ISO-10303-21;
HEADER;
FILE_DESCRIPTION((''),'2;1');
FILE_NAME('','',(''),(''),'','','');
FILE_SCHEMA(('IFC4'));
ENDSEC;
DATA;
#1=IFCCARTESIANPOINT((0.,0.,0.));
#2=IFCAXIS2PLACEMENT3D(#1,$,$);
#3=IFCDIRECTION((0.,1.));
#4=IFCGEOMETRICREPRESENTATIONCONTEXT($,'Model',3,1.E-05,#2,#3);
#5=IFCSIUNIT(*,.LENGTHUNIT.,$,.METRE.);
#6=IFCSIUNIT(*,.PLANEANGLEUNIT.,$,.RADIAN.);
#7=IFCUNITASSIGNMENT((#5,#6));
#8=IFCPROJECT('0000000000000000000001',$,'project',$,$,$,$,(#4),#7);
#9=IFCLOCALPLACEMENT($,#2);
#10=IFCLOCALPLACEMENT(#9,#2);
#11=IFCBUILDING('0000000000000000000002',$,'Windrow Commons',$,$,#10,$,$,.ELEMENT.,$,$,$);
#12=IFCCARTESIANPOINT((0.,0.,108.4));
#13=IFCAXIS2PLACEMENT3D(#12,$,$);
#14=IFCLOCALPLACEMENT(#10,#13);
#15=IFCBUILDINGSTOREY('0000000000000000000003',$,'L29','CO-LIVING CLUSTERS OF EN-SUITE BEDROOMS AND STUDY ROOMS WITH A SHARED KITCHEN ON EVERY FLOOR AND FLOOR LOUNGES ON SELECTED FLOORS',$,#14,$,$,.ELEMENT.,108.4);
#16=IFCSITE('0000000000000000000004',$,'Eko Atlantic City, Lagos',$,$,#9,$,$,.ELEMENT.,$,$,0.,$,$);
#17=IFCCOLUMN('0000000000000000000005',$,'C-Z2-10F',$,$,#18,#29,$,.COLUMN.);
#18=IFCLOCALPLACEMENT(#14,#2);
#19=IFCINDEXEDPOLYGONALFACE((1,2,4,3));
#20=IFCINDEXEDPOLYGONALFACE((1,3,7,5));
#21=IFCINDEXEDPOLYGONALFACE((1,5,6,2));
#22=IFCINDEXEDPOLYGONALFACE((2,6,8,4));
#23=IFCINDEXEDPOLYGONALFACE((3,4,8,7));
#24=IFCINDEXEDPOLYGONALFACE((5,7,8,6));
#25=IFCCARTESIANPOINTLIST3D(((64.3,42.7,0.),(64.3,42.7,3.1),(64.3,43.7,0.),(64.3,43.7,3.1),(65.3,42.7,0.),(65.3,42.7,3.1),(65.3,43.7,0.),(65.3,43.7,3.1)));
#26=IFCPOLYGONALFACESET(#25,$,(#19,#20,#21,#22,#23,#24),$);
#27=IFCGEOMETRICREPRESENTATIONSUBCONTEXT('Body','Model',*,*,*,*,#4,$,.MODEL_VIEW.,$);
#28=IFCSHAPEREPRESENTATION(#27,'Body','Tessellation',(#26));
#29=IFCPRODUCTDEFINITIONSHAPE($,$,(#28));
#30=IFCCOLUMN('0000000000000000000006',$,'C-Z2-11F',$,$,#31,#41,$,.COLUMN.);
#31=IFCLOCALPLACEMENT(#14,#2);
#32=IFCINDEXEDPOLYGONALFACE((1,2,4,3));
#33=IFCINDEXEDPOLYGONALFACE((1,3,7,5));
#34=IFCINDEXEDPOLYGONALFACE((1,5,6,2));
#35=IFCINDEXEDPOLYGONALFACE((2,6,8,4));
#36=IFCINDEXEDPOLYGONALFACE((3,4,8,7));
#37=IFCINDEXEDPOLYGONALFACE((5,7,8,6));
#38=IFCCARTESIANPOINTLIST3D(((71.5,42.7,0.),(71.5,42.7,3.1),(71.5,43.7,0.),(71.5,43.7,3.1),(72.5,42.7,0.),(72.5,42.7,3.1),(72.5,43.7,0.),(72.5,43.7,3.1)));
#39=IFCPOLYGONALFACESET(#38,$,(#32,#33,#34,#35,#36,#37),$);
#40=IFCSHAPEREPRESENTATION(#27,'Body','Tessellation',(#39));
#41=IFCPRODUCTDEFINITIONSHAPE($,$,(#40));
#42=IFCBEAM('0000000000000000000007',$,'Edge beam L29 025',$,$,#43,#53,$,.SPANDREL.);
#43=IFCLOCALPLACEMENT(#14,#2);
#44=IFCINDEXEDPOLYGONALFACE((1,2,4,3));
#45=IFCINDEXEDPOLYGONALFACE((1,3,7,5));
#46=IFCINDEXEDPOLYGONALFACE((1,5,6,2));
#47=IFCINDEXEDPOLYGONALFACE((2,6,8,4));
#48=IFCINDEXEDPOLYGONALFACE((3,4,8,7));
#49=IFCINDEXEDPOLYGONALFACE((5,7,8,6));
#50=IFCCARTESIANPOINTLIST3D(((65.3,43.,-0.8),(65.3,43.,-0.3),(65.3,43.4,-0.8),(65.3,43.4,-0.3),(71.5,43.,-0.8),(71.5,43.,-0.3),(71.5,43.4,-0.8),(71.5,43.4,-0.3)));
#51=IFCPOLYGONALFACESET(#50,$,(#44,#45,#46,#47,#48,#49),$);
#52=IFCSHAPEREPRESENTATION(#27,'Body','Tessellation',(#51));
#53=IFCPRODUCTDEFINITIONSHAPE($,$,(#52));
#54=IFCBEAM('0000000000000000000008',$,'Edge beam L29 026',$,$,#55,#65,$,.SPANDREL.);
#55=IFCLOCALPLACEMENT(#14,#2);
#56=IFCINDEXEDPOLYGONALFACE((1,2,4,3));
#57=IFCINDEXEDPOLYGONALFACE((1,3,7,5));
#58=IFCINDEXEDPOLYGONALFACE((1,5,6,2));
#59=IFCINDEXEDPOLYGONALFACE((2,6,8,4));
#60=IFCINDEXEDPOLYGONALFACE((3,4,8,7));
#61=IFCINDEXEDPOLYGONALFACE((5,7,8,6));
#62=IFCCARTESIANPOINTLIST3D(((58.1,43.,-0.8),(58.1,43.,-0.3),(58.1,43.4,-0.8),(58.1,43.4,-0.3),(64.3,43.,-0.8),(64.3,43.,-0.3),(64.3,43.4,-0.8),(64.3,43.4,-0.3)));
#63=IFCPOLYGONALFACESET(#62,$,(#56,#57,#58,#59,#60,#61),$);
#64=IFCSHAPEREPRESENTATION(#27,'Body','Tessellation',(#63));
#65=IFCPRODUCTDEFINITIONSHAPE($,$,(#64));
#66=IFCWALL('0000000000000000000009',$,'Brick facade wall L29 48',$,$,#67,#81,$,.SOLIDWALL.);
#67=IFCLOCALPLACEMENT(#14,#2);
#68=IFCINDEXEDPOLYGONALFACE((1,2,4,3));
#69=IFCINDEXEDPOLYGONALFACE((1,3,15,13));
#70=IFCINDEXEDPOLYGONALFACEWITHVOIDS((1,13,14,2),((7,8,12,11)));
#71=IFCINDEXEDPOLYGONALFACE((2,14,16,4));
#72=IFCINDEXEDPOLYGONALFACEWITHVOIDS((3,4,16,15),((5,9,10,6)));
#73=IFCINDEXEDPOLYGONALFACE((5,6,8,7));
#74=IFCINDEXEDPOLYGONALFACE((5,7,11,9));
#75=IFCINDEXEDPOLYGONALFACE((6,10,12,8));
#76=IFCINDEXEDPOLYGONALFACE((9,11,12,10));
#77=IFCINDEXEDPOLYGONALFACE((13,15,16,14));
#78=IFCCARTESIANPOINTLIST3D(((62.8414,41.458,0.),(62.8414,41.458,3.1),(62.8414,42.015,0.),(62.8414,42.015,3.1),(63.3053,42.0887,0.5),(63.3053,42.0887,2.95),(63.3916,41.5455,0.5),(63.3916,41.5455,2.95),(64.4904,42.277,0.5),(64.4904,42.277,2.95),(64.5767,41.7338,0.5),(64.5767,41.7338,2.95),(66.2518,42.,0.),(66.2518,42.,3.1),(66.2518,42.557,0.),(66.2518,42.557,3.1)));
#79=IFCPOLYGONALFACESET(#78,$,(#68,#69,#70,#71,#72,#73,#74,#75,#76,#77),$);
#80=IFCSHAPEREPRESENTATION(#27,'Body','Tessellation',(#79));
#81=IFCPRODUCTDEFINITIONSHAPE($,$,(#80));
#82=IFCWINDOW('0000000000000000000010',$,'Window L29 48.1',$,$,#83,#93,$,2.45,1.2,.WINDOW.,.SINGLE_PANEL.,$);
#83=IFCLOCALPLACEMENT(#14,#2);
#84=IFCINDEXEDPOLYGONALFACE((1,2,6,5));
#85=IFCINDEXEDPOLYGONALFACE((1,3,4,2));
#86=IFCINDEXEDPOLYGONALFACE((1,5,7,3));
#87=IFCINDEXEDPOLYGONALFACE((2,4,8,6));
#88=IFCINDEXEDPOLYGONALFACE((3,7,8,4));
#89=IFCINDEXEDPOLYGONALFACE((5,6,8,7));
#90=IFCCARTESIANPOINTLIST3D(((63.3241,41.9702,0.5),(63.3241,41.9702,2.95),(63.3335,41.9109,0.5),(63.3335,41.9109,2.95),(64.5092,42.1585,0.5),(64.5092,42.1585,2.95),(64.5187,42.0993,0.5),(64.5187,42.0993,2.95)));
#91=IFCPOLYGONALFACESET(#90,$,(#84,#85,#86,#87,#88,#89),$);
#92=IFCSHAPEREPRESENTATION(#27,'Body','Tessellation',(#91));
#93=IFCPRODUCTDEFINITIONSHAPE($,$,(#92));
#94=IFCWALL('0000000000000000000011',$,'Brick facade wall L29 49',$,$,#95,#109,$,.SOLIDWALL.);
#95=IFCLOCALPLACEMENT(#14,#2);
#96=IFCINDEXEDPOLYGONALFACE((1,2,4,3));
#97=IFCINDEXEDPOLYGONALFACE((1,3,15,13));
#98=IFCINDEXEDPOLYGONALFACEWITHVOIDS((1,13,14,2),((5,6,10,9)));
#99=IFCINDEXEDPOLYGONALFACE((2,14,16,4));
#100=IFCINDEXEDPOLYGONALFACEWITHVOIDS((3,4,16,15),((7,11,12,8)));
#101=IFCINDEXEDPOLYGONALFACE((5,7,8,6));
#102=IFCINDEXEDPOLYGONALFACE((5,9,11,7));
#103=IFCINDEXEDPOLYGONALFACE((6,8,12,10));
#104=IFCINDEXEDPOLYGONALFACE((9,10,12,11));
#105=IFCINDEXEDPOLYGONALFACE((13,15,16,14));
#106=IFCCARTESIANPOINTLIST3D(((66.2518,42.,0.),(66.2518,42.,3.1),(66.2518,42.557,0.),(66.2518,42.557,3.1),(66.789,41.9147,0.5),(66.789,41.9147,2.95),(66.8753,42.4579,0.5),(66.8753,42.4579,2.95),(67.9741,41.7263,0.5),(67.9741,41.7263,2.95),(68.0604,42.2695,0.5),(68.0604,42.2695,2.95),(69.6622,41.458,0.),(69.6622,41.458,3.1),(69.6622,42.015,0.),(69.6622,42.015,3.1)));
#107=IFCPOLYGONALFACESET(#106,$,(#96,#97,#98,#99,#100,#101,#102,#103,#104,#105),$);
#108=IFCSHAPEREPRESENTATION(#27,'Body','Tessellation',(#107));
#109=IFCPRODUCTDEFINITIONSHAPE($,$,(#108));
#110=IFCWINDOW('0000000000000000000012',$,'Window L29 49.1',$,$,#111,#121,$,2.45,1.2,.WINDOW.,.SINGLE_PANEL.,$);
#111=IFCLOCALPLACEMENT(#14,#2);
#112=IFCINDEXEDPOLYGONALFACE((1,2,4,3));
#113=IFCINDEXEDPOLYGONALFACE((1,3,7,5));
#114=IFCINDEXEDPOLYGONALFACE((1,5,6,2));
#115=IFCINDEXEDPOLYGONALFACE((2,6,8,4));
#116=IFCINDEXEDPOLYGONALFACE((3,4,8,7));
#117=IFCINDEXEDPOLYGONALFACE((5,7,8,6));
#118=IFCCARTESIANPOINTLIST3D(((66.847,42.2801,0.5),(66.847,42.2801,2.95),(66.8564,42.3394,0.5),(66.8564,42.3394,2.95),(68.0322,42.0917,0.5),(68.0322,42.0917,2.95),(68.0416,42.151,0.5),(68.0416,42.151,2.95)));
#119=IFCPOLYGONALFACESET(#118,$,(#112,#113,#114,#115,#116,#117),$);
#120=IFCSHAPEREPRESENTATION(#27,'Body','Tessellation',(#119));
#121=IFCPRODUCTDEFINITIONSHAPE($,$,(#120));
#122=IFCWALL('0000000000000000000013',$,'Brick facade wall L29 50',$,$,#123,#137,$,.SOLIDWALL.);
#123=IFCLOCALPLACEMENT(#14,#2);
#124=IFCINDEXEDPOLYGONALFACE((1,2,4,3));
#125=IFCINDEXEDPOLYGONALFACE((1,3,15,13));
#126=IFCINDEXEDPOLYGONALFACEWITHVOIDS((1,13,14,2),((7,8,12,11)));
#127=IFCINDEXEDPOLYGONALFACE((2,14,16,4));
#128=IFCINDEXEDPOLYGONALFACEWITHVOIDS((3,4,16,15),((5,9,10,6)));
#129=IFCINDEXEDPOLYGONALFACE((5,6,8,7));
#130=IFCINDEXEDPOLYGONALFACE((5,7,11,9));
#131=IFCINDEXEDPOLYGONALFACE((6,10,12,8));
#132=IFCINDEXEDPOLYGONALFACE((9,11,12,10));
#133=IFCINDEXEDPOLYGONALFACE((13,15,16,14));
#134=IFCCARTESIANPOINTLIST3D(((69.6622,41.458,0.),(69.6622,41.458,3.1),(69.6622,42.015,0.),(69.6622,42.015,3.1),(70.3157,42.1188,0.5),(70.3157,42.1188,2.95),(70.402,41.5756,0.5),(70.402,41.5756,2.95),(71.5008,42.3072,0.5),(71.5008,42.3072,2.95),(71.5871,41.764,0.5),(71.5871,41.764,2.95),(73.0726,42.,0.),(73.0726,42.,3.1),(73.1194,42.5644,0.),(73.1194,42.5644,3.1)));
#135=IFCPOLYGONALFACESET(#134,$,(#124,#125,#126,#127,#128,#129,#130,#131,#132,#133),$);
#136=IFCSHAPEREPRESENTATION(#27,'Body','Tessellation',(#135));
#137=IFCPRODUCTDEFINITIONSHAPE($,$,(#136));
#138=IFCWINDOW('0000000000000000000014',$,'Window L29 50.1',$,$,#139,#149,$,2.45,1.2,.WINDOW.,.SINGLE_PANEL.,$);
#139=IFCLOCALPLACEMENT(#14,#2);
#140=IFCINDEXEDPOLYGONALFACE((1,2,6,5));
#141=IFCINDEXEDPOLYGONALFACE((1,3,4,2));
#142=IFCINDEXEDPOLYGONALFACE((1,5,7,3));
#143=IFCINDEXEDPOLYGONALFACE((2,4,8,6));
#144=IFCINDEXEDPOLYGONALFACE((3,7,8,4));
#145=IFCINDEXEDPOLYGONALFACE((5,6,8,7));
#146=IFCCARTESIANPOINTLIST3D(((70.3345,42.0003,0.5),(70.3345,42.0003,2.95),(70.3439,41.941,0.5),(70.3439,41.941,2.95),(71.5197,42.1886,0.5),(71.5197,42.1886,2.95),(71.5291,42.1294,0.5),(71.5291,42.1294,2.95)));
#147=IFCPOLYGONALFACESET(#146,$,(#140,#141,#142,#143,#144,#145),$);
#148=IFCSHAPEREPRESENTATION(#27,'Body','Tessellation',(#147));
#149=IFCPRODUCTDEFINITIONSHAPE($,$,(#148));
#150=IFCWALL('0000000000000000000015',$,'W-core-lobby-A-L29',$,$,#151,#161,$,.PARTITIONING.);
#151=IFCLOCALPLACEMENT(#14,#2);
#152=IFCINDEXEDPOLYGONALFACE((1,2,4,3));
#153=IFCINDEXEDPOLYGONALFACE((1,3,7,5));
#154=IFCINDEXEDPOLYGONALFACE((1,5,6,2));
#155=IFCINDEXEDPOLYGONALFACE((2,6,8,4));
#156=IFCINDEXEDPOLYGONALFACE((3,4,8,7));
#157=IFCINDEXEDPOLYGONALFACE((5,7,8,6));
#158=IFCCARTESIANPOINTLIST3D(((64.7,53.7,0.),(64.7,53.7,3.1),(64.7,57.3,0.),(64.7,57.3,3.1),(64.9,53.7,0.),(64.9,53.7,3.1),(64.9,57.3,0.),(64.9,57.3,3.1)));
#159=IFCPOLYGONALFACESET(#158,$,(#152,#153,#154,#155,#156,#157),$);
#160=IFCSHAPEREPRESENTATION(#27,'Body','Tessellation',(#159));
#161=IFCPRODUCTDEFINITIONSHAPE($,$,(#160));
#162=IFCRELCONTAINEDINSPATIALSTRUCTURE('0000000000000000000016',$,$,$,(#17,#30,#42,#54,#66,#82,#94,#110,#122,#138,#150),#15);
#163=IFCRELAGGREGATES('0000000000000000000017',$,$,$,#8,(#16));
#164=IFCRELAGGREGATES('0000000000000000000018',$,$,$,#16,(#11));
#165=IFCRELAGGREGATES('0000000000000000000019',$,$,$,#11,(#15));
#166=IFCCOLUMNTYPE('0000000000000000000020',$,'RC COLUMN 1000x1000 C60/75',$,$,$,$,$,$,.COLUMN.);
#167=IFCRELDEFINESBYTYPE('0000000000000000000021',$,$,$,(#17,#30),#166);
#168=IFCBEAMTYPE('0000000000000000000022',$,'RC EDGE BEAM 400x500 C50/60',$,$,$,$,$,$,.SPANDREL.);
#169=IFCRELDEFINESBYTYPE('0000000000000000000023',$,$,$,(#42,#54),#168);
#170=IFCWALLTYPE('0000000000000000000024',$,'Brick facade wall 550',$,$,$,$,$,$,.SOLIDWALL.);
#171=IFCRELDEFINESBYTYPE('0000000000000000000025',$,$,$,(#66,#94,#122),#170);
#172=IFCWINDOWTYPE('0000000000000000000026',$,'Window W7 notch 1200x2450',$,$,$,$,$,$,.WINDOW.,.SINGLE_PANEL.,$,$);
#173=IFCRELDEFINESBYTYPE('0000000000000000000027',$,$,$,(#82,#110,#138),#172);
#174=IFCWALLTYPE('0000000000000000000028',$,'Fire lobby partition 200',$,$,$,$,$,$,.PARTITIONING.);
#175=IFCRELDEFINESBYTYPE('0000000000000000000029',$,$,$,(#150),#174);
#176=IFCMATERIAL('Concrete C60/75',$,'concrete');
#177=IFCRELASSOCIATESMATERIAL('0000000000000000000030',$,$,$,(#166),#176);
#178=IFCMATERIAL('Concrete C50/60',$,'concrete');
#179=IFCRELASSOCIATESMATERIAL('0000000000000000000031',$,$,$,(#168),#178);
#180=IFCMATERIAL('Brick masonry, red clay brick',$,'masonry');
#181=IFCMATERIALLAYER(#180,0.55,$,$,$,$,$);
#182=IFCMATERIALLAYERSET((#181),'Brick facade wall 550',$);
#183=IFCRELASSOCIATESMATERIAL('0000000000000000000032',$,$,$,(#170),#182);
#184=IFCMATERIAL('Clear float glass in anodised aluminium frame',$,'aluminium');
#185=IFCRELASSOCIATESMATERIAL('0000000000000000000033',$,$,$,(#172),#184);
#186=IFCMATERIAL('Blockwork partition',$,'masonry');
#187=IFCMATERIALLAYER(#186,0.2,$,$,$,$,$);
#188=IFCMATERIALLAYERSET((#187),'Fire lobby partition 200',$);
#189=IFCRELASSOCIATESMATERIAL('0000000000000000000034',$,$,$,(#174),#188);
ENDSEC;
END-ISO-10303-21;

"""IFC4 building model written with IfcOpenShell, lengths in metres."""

from ifc_helpers import new_model, si_unit, direction, frame, frame_2d, origin, origin_2d, place, context, subcontext, project, spatial, polyline, rectangle, outline, extrude, material, layer, layer_set, material_profile, profile_set, type_object, element, fill, save


model = new_model("IFC4")

# Units and contexts
model_context = context("Model", 3, precision=1e-05, world=origin(), true_north=direction((0.0, 1.0)))
body_context = subcontext(model_context, "Body", "Model", "MODEL_VIEW")
ifc_project = project(units=[si_unit("LENGTHUNIT", "METRE"), si_unit("PLANEANGLEUNIT", "RADIAN")], contexts=[model_context])

# Site, building, storey
site_placement = place(None, origin())
site = spatial("IfcSite", under=ifc_project, at=site_placement, Name="Eko Atlantic City, Lagos", CompositionType="ELEMENT", RefElevation=0.0)
building_placement = place(site_placement, origin())
building = spatial("IfcBuilding", under=site, at=building_placement, Name="Windrow Commons", CompositionType="ELEMENT")
storey_placement = place(building_placement, frame((0.0, 0.0, 108.4)))
storey = spatial("IfcBuildingStorey", under=building, at=storey_placement, Name="L29", Description="CO-LIVING CLUSTERS OF EN-SUITE BEDROOMS AND STUDY ROOMS WITH A SHARED KITCHEN ON EVERY FLOOR AND FLOOR LOUNGES ON SELECTED FLOORS", CompositionType="ELEMENT", Elevation=108.4)

# Columns
ifc_material_1 = material(Name="Concrete C60/75", Category="concrete")
ifc_material_profile_1 = material_profile(ifc_material_1, rectangle(XDim=1.0, YDim=1.0, at=origin_2d()))
ifc_profile_set_1 = profile_set([ifc_material_profile_1], Name="Concrete C60/75")
column_type = type_object("IfcColumnType", Name="RC COLUMN 1000x1000 C60/75", PredefinedType="COLUMN", material=ifc_profile_set_1)
for number, where, z_axis, x_axis, name in (
    (1, (64.8, 43.2, 0.0), (0.0, 0.0, 1.0), (1.0, 0.0, 0.0), "C-Z2-10F"),
    (2, (72.0, 43.2, 0.0), (0.0, 0.0, 1.0), (1.0, 0.0, 0.0), "C-Z2-11F"),
):
    element("IfcColumn", number, at=place(storey_placement, frame(where, z_axis=z_axis, x_axis=x_axis)), inside=storey, type_object=column_type, Name=name, PredefinedType="COLUMN", context=body_context, shape_type="SweptSolid", body=[
        extrude(rectangle(XDim=1.0, YDim=1.0, at=origin_2d()), origin(), (0.0, 0.0, 1.0), 3.1),
    ])

# Beams
ifc_material_2 = material(Name="Concrete C50/60", Category="concrete")
ifc_material_profile_2 = material_profile(ifc_material_2, rectangle(XDim=0.4, YDim=0.5, at=origin_2d()))
ifc_profile_set_2 = profile_set([ifc_material_profile_2], Name="Concrete C50/60")
beam_type = type_object("IfcBeamType", Name="RC EDGE BEAM 400x500 C50/60", PredefinedType="SPANDREL", material=ifc_profile_set_2)
for number, where, z_axis, x_axis, name in (
    (3, (71.5, 43.2, -0.55), (-1.0, 0.0, 0.0), (0.0, -1.0, 0.0), "Edge beam L29 025"),
    (4, (64.3, 43.2, -0.55), (-1.0, 0.0, 0.0), (0.0, -1.0, 0.0), "Edge beam L29 026"),
):
    element("IfcBeam", number, at=place(storey_placement, frame(where, z_axis=z_axis, x_axis=x_axis)), inside=storey, type_object=beam_type, Name=name, PredefinedType="SPANDREL", context=body_context, shape_type="SweptSolid", body=[
        extrude(rectangle(XDim=0.4, YDim=0.5, at=origin_2d()), origin(), (0.0, 0.0, 1.0), 6.2),
    ])

# Walls, openings, windows
ifc_material_3 = material(Name="Brick masonry, red clay brick", Category="masonry")
ifc_layer_1 = layer(ifc_material_3, 0.55)
ifc_layer_set_1 = layer_set([ifc_layer_1], Name="Brick facade wall 550")
wall_type_1 = type_object("IfcWallType", Name="Brick facade wall 550", PredefinedType="SOLIDWALL", material=ifc_layer_set_1)
wall_1_placement = place(storey_placement, frame((62.8414, 41.7365, 0.0), z_axis=(0.0, 0.0, 1.0), x_axis=(0.987606, 0.156956, 0.0)))
wall_1 = element("IfcWall", 5, at=wall_1_placement, inside=storey, type_object=wall_type_1, Name="Brick facade wall L29 48", PredefinedType="SOLIDWALL", context=body_context, shape_type="SweptSolid", body=[
    extrude(outline(polyline([(-0.0437, -0.275), (3.4095, -0.275), (3.4969, 0.275), (0.0437, 0.275), (-0.0437, -0.275)])), origin(), (0.0, 0.0, 1.0), 3.1),
])
opening_1_placement = place(wall_1_placement, frame((0.5134, 0.0, 0.5)))
opening_1 = element("IfcOpeningElement", 6, at=opening_1_placement, cuts=wall_1, PredefinedType="OPENING", context=body_context, shape_type="SweptSolid", body=[
    extrude(rectangle(XDim=1.2, YDim=2.45, at=frame_2d((0.6, 1.225))), frame((0.0, 0.285, 0.0), z_axis=(0.0, -1.0, 0.0), x_axis=(1.0, 0.0, 0.0)), (0.0, 0.0, 1.0), 0.57),
])
ifc_material_4 = material(Name="Clear float glass in anodised aluminium frame", Category="aluminium")
window_type = type_object("IfcWindowType", Name="Window W7 notch 1200x2450", PartitioningType="SINGLE_PANEL", PredefinedType="WINDOW", material=ifc_material_4)
window_1_placement = place(opening_1_placement, origin())
window_1 = element("IfcWindow", 7, at=window_1_placement, inside=storey, type_object=window_type, Name="Window L29 48.1", OverallHeight=2.45, OverallWidth=1.2, PartitioningType="SINGLE_PANEL", PredefinedType="WINDOW", context=body_context, shape_type="SweptSolid", body=[
    extrude(rectangle(XDim=1.2, YDim=2.45, at=frame_2d((0.6, 1.225))), frame((0.0, 0.155, 0.0), z_axis=(0.0, -1.0, 0.0), x_axis=(1.0, 0.0, 0.0)), (0.0, 0.0, 1.0), 0.06),
])
fill(opening_1, window_1)
wall_2_placement = place(storey_placement, frame((66.2518, 42.2785, 0.0), z_axis=(0.0, 0.0, 1.0), x_axis=(0.987606, -0.156956, 0.0)))
wall_2 = element("IfcWall", 8, at=wall_2_placement, inside=storey, type_object=wall_type_1, Name="Brick facade wall L29 49", PredefinedType="SOLIDWALL", context=body_context, shape_type="SweptSolid", body=[
    extrude(outline(polyline([(0.0437, -0.275), (3.4969, -0.275), (3.4095, 0.275), (-0.0437, 0.275), (0.0437, -0.275)])), origin(), (0.0, 0.0, 1.0), 3.1),
])
opening_2_placement = place(wall_2_placement, frame((0.5876, 0.0, 0.5)))
opening_2 = element("IfcOpeningElement", 9, at=opening_2_placement, cuts=wall_2, PredefinedType="OPENING", context=body_context, shape_type="SweptSolid", body=[
    extrude(rectangle(XDim=1.2, YDim=2.45, at=frame_2d((0.6, 1.225))), frame((0.0, 0.285, 0.0), z_axis=(0.0, -1.0, 0.0), x_axis=(1.0, 0.0, 0.0)), (0.0, 0.0, 1.0), 0.57),
])
window_2_placement = place(opening_2_placement, origin())
window_2 = element("IfcWindow", 10, at=window_2_placement, inside=storey, type_object=window_type, Name="Window L29 49.1", OverallHeight=2.45, OverallWidth=1.2, PartitioningType="SINGLE_PANEL", PredefinedType="WINDOW", context=body_context, shape_type="SweptSolid", body=[
    extrude(rectangle(XDim=1.2, YDim=2.45, at=frame_2d((0.6, 1.225))), frame((0.0, 0.155, 0.0), z_axis=(0.0, -1.0, 0.0), x_axis=(1.0, 0.0, 0.0)), (0.0, 0.0, 1.0), 0.06),
])
fill(opening_2, window_2)
wall_3_placement = place(storey_placement, frame((69.6622, 41.7365, 0.0), z_axis=(0.0, 0.0, 1.0), x_axis=(0.987606, 0.156955, 0.0)))
wall_3 = element("IfcWall", 11, at=wall_3_placement, inside=storey, type_object=wall_type_1, Name="Brick facade wall L29 50", PredefinedType="SOLIDWALL", context=body_context, shape_type="SweptSolid", body=[
    extrude(outline(polyline([(-0.0437, -0.275), (3.4095, -0.275), (3.5443, 0.275), (0.0437, 0.275), (-0.0437, -0.275)])), origin(), (0.0, 0.0, 1.0), 3.1),
])
opening_3_placement = place(wall_3_placement, frame((0.7054, 0.0, 0.5)))
opening_3 = element("IfcOpeningElement", 12, at=opening_3_placement, cuts=wall_3, PredefinedType="OPENING", context=body_context, shape_type="SweptSolid", body=[
    extrude(rectangle(XDim=1.2, YDim=2.45, at=frame_2d((0.6, 1.225))), frame((0.0, 0.285, 0.0), z_axis=(0.0, -1.0, 0.0), x_axis=(1.0, 0.0, 0.0)), (0.0, 0.0, 1.0), 0.57),
])
window_3_placement = place(opening_3_placement, origin())
window_3 = element("IfcWindow", 13, at=window_3_placement, inside=storey, type_object=window_type, Name="Window L29 50.1", OverallHeight=2.45, OverallWidth=1.2, PartitioningType="SINGLE_PANEL", PredefinedType="WINDOW", context=body_context, shape_type="SweptSolid", body=[
    extrude(rectangle(XDim=1.2, YDim=2.45, at=frame_2d((0.6, 1.225))), frame((0.0, 0.155, 0.0), z_axis=(0.0, -1.0, 0.0), x_axis=(1.0, 0.0, 0.0)), (0.0, 0.0, 1.0), 0.06),
])
fill(opening_3, window_3)

# Wall
ifc_material_5 = material(Name="Blockwork partition", Category="masonry")
ifc_layer_2 = layer(ifc_material_5, 0.2)
ifc_layer_set_2 = layer_set([ifc_layer_2], Name="Fire lobby partition 200")
wall_type_2 = type_object("IfcWallType", Name="Fire lobby partition 200", PredefinedType="PARTITIONING", material=ifc_layer_set_2)
wall_4_placement = place(storey_placement, frame((64.8, 53.7, 0.0), z_axis=(0.0, 0.0, 1.0), x_axis=(0.0, 1.0, 0.0)))
element("IfcWall", 14, at=wall_4_placement, inside=storey, type_object=wall_type_2, Name="W-core-lobby-A-L29", PredefinedType="PARTITIONING", context=body_context, shape_type="SweptSolid", body=[
    extrude(rectangle(XDim=3.6, YDim=0.2, at=frame_2d((1.8, 0.0))), origin(), (0.0, 0.0, 1.0), 3.1),
])

save(model, "model.ifc")
